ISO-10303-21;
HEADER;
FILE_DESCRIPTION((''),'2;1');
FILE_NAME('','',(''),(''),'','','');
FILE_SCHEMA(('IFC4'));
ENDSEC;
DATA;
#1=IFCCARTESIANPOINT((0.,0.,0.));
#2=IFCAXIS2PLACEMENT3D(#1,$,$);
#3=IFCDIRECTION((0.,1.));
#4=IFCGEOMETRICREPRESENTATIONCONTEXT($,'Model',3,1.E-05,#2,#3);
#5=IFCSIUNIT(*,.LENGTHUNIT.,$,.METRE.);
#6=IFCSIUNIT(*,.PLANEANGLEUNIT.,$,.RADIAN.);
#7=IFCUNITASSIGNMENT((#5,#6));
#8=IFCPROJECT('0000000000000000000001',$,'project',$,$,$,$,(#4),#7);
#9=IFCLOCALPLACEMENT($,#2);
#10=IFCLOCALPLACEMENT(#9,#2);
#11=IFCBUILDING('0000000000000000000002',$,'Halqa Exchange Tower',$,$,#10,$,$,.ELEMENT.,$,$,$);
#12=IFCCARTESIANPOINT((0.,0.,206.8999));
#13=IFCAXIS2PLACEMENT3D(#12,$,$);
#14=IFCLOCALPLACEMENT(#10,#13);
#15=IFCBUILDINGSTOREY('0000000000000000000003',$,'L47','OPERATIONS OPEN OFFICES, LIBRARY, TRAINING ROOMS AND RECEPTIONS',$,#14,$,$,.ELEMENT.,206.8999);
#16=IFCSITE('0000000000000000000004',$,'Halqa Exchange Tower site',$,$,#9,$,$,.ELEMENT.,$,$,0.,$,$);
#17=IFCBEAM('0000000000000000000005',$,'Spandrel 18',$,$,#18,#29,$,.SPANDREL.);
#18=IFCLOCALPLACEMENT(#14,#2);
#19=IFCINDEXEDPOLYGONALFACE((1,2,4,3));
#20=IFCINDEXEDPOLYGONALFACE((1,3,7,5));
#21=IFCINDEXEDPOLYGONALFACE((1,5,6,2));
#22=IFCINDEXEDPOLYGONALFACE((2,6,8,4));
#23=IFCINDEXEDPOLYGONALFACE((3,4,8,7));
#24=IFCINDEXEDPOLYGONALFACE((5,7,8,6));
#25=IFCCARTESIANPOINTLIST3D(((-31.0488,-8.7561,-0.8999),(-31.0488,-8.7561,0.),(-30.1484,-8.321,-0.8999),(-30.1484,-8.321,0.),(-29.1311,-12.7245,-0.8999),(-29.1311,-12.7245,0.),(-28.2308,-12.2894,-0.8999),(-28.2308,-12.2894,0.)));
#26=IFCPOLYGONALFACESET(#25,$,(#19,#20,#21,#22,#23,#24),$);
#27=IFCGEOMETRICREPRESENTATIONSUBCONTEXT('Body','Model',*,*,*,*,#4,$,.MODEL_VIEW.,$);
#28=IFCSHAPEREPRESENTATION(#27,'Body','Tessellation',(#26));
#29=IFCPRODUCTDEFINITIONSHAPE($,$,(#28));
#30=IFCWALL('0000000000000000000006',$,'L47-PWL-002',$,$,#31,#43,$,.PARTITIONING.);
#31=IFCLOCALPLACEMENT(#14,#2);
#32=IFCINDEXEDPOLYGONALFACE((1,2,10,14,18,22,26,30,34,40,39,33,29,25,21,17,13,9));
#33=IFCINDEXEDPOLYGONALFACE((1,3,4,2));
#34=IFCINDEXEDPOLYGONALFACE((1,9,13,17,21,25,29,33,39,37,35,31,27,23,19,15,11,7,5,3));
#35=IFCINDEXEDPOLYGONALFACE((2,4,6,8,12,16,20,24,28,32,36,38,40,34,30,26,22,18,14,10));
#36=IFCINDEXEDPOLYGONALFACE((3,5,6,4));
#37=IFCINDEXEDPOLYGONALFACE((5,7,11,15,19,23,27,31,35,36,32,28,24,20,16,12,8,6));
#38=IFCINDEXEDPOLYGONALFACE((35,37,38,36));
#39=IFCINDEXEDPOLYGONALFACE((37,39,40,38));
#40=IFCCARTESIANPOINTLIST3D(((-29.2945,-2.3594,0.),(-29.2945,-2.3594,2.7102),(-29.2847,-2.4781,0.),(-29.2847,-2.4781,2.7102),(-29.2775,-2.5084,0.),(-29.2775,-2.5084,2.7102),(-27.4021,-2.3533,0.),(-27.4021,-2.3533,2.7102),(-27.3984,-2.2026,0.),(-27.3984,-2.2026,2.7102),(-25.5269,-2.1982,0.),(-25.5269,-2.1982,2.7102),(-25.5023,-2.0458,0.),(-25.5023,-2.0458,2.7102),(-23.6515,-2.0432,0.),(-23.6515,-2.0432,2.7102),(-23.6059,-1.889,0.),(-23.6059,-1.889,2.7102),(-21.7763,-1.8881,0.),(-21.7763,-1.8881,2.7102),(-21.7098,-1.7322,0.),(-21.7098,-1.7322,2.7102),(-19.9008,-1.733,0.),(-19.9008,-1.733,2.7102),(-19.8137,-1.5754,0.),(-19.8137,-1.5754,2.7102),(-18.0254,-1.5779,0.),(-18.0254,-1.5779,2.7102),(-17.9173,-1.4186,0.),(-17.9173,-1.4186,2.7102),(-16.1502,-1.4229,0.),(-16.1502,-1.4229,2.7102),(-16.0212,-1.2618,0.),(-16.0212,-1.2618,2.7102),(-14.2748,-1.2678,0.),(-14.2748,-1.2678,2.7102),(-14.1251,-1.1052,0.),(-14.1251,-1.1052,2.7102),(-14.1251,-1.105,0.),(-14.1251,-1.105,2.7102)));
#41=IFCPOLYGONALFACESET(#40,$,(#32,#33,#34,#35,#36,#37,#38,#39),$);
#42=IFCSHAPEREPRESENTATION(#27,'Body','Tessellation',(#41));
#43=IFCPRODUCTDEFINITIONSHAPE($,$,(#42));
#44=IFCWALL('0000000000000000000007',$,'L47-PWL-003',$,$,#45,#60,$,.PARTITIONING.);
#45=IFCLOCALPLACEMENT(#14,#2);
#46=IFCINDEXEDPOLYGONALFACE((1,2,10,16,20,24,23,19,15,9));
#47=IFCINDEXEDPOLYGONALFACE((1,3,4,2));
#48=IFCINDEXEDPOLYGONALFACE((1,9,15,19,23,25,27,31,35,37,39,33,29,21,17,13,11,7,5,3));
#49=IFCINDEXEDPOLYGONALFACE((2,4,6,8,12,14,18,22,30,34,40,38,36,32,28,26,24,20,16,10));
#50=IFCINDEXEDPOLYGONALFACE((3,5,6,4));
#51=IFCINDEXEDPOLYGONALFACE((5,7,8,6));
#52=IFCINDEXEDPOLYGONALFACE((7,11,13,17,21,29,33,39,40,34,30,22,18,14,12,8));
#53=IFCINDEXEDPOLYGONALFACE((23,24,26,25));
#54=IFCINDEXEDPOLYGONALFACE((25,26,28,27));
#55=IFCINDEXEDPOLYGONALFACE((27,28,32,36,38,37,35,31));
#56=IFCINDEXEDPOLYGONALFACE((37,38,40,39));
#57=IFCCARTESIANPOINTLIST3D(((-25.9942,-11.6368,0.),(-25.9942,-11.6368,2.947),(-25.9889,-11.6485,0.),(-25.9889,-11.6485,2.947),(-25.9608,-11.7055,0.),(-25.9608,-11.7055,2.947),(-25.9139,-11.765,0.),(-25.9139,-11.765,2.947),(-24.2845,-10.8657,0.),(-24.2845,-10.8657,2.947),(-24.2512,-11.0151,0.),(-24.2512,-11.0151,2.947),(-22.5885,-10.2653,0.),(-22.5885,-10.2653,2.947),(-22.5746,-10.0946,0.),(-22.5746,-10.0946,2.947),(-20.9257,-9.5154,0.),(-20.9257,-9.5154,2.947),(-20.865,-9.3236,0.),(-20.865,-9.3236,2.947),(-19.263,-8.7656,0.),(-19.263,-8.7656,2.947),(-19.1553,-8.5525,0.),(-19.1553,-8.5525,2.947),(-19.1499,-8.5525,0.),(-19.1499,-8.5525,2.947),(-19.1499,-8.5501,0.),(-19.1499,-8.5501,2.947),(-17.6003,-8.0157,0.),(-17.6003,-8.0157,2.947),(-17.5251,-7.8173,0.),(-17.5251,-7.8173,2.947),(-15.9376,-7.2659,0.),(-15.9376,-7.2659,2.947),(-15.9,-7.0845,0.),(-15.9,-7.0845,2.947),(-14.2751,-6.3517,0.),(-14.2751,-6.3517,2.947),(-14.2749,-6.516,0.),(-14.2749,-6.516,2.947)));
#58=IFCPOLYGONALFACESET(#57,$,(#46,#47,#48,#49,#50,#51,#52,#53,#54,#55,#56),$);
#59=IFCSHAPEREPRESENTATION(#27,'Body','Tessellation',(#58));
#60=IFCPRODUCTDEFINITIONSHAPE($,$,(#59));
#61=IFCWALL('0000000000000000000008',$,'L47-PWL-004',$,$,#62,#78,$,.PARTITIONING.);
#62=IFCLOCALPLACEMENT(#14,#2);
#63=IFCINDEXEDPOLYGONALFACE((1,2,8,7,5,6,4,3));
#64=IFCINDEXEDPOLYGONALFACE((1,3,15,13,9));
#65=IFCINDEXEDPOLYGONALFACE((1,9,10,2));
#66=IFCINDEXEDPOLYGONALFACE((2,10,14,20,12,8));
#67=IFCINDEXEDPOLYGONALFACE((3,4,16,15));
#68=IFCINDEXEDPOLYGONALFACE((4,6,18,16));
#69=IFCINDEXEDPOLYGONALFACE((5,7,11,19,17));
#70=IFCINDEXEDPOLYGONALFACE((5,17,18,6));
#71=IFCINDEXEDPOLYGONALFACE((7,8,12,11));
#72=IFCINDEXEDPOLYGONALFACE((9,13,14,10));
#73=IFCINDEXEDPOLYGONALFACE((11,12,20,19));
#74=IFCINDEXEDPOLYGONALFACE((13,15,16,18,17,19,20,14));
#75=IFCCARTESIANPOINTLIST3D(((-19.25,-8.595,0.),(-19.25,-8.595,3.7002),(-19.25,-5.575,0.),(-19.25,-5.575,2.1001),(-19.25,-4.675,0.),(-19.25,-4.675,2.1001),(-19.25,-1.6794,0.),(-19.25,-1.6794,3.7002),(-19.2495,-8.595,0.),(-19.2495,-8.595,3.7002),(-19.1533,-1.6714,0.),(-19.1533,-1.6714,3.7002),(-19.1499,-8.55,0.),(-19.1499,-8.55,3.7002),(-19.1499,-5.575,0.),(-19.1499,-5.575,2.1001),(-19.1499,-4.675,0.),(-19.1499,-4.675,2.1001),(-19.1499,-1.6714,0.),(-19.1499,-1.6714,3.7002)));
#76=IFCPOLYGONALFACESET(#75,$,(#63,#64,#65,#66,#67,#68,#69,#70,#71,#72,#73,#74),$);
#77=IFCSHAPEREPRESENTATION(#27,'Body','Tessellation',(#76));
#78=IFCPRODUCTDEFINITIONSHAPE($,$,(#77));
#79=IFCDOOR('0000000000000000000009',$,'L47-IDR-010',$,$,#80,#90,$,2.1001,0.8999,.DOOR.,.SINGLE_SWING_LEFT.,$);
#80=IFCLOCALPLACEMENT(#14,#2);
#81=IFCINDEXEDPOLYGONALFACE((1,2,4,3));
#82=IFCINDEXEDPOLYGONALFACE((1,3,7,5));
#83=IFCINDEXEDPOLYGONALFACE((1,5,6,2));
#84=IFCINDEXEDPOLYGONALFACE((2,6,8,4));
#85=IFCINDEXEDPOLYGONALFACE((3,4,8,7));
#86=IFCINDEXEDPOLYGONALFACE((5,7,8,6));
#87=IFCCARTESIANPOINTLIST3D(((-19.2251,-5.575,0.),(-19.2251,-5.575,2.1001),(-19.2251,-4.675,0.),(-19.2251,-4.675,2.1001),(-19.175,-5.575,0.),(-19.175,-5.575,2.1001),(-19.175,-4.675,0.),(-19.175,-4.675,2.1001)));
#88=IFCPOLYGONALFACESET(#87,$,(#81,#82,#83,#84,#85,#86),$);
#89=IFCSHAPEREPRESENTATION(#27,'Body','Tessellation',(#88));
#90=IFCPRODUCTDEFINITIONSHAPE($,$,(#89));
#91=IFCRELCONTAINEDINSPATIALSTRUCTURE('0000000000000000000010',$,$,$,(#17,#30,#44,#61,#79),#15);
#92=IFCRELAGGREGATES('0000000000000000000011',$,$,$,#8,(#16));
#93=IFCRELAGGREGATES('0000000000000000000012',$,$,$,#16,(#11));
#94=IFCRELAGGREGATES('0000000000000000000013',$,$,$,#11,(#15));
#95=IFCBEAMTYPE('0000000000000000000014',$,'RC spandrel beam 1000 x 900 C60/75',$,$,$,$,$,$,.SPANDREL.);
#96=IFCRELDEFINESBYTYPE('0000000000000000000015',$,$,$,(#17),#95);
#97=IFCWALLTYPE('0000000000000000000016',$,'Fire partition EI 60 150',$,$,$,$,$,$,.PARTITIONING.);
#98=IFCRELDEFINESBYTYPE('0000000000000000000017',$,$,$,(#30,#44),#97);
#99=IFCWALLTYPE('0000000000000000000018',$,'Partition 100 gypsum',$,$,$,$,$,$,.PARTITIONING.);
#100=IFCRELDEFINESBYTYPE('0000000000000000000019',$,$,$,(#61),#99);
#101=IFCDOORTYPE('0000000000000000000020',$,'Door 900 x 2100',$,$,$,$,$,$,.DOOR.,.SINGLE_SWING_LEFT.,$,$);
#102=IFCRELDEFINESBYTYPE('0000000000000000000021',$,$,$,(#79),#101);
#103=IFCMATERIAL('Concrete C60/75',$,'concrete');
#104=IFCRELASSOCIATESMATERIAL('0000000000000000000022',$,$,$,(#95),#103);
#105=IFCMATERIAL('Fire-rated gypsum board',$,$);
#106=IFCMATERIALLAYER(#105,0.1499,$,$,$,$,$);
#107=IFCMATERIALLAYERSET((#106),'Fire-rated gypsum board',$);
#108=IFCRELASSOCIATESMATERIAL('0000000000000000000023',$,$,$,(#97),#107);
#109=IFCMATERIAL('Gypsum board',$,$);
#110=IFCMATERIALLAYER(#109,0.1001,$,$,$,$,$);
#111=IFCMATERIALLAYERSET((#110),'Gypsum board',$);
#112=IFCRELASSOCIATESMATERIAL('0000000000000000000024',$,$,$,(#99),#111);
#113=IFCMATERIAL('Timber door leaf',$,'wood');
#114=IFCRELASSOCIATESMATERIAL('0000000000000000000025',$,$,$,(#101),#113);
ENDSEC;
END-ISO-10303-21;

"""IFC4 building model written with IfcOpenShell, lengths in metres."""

from ifc_helpers import new_model, si_unit, direction, frame, frame_2d, origin, origin_2d, place, context, subcontext, project, spatial, polyline, rectangle, outline, extrude, material, layer, layer_set, material_profile, profile_set, type_object, element, fill, save


model = new_model("IFC4")

# Units and contexts
model_context = context("Model", 3, precision=1e-05, world=origin(), true_north=direction((0.0, 1.0)))
body_context = subcontext(model_context, "Body", "Model", "MODEL_VIEW")
ifc_project = project(units=[si_unit("LENGTHUNIT", "METRE"), si_unit("PLANEANGLEUNIT", "RADIAN")], contexts=[model_context])

# Site, building, storey
site_placement = place(None, origin())
site = spatial("IfcSite", under=ifc_project, at=site_placement, Name="Halqa Exchange Tower site", CompositionType="ELEMENT", RefElevation=0.0)
building_placement = place(site_placement, origin())
building = spatial("IfcBuilding", under=site, at=building_placement, Name="Halqa Exchange Tower", CompositionType="ELEMENT")
storey_placement = place(building_placement, frame((0.0, 0.0, 206.8999)))
storey = spatial("IfcBuildingStorey", under=building, at=storey_placement, Name="L47", Description="OPERATIONS OPEN OFFICES, LIBRARY, TRAINING ROOMS AND RECEPTIONS", CompositionType="ELEMENT", Elevation=206.8999)

# Shared definitions
ifc_material_1 = material(Name="Concrete C60/75", Category="concrete")

# Beam
ifc_material_profile_1 = material_profile(ifc_material_1, rectangle(XDim=1.0, YDim=0.8999, at=origin_2d()), Name="1000 x 900")
ifc_profile_set_1 = profile_set([ifc_material_profile_1], Name="Concrete C60/75")
beam_type_1 = type_object("IfcBeamType", Name="RC spandrel beam 1000 x 900 C60/75", PredefinedType="SPANDREL", material=ifc_profile_set_1)
beam_1_placement = place(storey_placement, frame((-30.5986, -8.5386, -0.45), z_axis=(0.435098, -0.900383, 0.0), x_axis=(0.900383, 0.435098, 0.0)))
element("IfcBeam", 1, at=beam_1_placement, inside=storey, type_object=beam_type_1, Name="Spandrel 18", PredefinedType="SPANDREL", context=body_context, shape_type="SweptSolid", body=[
    extrude(rectangle(XDim=1.0, YDim=0.8999, at=origin_2d()), origin(), (0.0, 0.0, 1.0), 4.4075),
])

# Walls
ifc_material_2 = material(Name="Fire-rated gypsum board")
ifc_layer_1 = layer(ifc_material_2, 0.1499)
ifc_layer_set_1 = layer_set([ifc_layer_1], Name="Fire-rated gypsum board")
wall_type_1 = type_object("IfcWallType", Name="Fire partition EI 60 150", PredefinedType="PARTITIONING", material=ifc_layer_set_1)
wall_1_placement = place(storey_placement, frame((-29.2883, -2.4341, 0.0), z_axis=(0.0, 0.0, 1.0), x_axis=(0.996598, 0.082411, 0.0)))
element("IfcWall", 2, at=wall_1_placement, inside=storey, type_object=wall_type_1, Name="L47-PWL-002", PredefinedType="PARTITIONING", context=body_context, shape_type="SweptSolid", body=[
    extrude(outline(polyline([(0.0046, -0.075), (1.8865, -0.075), (3.7681, -0.075), (5.6499, -0.075), (7.5315, -0.075), (9.4133, -0.075), (11.2952, -0.075), (13.1768, -0.075), (15.0586, -0.075), (15.2212, 0.0747), (15.2212, 0.075), (13.3186, 0.075), (11.416, 0.075), (9.5132, 0.075), (7.6106, 0.075), (5.708, 0.075), (3.8052, 0.075), (1.9026, 0.075), (0.0, 0.075), (0.0, -0.0442), (0.0046, -0.075)])), origin(), (0.0, 0.0, 1.0), 2.7102),
])
wall_2_placement = place(storey_placement, frame((-25.9634, -11.7051, 0.0), z_axis=(0.0, 0.0, 1.0), x_axis=(0.911586, 0.411108, 0.0)))
element("IfcWall", 3, at=wall_2_placement, inside=storey, type_object=wall_type_1, Name="L47-PWL-003", PredefinedType="PARTITIONING", context=body_context, shape_type="SweptSolid", body=[
    extrude(outline(polyline([(0.0205, -0.075), (1.8445, -0.075), (3.6685, -0.075), (5.4924, -0.075), (7.3164, -0.075), (9.1404, -0.075), (10.9644, -0.075), (12.7883, -0.075), (12.8557, 0.075), (11.0732, 0.075), (9.2905, 0.075), (7.5081, 0.075), (7.5071, 0.0728), (7.5022, 0.075), (5.6267, 0.075), (3.7512, 0.075), (1.8755, 0.075), (0.0, 0.075), (0.0, 0.062), (0.0022, -0.0015), (0.0205, -0.075)])), origin(), (0.0, 0.0, 1.0), 2.947),
])

# Wall, opening, door
ifc_material_3 = material(Name="Gypsum board")
ifc_layer_2 = layer(ifc_material_3, 0.1001)
ifc_layer_set_2 = layer_set([ifc_layer_2], Name="Gypsum board")
wall_type_2 = type_object("IfcWallType", Name="Partition 100 gypsum", PredefinedType="PARTITIONING", material=ifc_layer_set_2)
wall_3_placement = place(storey_placement, frame((-19.2, -8.595, 0.0), z_axis=(0.0, 0.0, 1.0), x_axis=(0.0, 1.0, 0.0)))
wall_3 = element("IfcWall", 4, at=wall_3_placement, inside=storey, type_object=wall_type_2, Name="L47-PWL-004", PredefinedType="PARTITIONING", context=body_context, shape_type="SweptSolid", body=[
    extrude(outline(polyline([(6.9236, -0.05), (6.9236, -0.0466), (6.9155, 0.05), (5.1868, 0.05), (3.4578, 0.05), (1.729, 0.05), (0.0, 0.05), (0.0, 0.0496), (0.0449, -0.05), (1.7646, -0.05), (3.4844, -0.05), (5.2039, -0.05), (6.9236, -0.05)])), origin(), (0.0, 0.0, 1.0), 3.7002),
])
opening_1_placement = place(wall_3_placement, frame((3.02, 0.0, 0.0)))
opening_1 = element("IfcOpeningElement", 5, at=opening_1_placement, cuts=wall_3, PredefinedType="OPENING", context=body_context, shape_type="SweptSolid", body=[
    extrude(rectangle(XDim=0.8999, YDim=2.1001, at=frame_2d((0.45, 1.05))), frame((0.0, 0.062, 0.0), z_axis=(0.0, -1.0, 0.0), x_axis=(1.0, 0.0, 0.0)), (0.0, 0.0, 1.0), 0.124),
])
ifc_material_4 = material(Name="Timber door leaf", Category="wood")
door_type_1 = type_object("IfcDoorType", Name="Door 900 x 2100", OperationType="SINGLE_SWING_LEFT", PredefinedType="DOOR", material=ifc_material_4)
door_1_placement = place(opening_1_placement, frame((0.8999, 0.0, 0.0), z_axis=(0.0, 0.0, 1.0), x_axis=(-1.0, 0.0, 0.0)))
door_1 = element("IfcDoor", 6, at=door_1_placement, inside=storey, type_object=door_type_1, Name="L47-IDR-010", OperationType="SINGLE_SWING_LEFT", OverallHeight=2.1001, OverallWidth=0.8999, PredefinedType="DOOR", context=body_context, shape_type="SweptSolid", body=[
    extrude(rectangle(XDim=0.8999, YDim=2.1001, at=frame_2d((0.45, 1.05))), frame((0.0, 0.0249, 0.0), z_axis=(0.0, -1.0, 0.0), x_axis=(1.0, 0.0, 0.0)), (0.0, 0.0, 1.0), 0.05),
])
fill(opening_1, door_1)

save(model, "model.ifc")
